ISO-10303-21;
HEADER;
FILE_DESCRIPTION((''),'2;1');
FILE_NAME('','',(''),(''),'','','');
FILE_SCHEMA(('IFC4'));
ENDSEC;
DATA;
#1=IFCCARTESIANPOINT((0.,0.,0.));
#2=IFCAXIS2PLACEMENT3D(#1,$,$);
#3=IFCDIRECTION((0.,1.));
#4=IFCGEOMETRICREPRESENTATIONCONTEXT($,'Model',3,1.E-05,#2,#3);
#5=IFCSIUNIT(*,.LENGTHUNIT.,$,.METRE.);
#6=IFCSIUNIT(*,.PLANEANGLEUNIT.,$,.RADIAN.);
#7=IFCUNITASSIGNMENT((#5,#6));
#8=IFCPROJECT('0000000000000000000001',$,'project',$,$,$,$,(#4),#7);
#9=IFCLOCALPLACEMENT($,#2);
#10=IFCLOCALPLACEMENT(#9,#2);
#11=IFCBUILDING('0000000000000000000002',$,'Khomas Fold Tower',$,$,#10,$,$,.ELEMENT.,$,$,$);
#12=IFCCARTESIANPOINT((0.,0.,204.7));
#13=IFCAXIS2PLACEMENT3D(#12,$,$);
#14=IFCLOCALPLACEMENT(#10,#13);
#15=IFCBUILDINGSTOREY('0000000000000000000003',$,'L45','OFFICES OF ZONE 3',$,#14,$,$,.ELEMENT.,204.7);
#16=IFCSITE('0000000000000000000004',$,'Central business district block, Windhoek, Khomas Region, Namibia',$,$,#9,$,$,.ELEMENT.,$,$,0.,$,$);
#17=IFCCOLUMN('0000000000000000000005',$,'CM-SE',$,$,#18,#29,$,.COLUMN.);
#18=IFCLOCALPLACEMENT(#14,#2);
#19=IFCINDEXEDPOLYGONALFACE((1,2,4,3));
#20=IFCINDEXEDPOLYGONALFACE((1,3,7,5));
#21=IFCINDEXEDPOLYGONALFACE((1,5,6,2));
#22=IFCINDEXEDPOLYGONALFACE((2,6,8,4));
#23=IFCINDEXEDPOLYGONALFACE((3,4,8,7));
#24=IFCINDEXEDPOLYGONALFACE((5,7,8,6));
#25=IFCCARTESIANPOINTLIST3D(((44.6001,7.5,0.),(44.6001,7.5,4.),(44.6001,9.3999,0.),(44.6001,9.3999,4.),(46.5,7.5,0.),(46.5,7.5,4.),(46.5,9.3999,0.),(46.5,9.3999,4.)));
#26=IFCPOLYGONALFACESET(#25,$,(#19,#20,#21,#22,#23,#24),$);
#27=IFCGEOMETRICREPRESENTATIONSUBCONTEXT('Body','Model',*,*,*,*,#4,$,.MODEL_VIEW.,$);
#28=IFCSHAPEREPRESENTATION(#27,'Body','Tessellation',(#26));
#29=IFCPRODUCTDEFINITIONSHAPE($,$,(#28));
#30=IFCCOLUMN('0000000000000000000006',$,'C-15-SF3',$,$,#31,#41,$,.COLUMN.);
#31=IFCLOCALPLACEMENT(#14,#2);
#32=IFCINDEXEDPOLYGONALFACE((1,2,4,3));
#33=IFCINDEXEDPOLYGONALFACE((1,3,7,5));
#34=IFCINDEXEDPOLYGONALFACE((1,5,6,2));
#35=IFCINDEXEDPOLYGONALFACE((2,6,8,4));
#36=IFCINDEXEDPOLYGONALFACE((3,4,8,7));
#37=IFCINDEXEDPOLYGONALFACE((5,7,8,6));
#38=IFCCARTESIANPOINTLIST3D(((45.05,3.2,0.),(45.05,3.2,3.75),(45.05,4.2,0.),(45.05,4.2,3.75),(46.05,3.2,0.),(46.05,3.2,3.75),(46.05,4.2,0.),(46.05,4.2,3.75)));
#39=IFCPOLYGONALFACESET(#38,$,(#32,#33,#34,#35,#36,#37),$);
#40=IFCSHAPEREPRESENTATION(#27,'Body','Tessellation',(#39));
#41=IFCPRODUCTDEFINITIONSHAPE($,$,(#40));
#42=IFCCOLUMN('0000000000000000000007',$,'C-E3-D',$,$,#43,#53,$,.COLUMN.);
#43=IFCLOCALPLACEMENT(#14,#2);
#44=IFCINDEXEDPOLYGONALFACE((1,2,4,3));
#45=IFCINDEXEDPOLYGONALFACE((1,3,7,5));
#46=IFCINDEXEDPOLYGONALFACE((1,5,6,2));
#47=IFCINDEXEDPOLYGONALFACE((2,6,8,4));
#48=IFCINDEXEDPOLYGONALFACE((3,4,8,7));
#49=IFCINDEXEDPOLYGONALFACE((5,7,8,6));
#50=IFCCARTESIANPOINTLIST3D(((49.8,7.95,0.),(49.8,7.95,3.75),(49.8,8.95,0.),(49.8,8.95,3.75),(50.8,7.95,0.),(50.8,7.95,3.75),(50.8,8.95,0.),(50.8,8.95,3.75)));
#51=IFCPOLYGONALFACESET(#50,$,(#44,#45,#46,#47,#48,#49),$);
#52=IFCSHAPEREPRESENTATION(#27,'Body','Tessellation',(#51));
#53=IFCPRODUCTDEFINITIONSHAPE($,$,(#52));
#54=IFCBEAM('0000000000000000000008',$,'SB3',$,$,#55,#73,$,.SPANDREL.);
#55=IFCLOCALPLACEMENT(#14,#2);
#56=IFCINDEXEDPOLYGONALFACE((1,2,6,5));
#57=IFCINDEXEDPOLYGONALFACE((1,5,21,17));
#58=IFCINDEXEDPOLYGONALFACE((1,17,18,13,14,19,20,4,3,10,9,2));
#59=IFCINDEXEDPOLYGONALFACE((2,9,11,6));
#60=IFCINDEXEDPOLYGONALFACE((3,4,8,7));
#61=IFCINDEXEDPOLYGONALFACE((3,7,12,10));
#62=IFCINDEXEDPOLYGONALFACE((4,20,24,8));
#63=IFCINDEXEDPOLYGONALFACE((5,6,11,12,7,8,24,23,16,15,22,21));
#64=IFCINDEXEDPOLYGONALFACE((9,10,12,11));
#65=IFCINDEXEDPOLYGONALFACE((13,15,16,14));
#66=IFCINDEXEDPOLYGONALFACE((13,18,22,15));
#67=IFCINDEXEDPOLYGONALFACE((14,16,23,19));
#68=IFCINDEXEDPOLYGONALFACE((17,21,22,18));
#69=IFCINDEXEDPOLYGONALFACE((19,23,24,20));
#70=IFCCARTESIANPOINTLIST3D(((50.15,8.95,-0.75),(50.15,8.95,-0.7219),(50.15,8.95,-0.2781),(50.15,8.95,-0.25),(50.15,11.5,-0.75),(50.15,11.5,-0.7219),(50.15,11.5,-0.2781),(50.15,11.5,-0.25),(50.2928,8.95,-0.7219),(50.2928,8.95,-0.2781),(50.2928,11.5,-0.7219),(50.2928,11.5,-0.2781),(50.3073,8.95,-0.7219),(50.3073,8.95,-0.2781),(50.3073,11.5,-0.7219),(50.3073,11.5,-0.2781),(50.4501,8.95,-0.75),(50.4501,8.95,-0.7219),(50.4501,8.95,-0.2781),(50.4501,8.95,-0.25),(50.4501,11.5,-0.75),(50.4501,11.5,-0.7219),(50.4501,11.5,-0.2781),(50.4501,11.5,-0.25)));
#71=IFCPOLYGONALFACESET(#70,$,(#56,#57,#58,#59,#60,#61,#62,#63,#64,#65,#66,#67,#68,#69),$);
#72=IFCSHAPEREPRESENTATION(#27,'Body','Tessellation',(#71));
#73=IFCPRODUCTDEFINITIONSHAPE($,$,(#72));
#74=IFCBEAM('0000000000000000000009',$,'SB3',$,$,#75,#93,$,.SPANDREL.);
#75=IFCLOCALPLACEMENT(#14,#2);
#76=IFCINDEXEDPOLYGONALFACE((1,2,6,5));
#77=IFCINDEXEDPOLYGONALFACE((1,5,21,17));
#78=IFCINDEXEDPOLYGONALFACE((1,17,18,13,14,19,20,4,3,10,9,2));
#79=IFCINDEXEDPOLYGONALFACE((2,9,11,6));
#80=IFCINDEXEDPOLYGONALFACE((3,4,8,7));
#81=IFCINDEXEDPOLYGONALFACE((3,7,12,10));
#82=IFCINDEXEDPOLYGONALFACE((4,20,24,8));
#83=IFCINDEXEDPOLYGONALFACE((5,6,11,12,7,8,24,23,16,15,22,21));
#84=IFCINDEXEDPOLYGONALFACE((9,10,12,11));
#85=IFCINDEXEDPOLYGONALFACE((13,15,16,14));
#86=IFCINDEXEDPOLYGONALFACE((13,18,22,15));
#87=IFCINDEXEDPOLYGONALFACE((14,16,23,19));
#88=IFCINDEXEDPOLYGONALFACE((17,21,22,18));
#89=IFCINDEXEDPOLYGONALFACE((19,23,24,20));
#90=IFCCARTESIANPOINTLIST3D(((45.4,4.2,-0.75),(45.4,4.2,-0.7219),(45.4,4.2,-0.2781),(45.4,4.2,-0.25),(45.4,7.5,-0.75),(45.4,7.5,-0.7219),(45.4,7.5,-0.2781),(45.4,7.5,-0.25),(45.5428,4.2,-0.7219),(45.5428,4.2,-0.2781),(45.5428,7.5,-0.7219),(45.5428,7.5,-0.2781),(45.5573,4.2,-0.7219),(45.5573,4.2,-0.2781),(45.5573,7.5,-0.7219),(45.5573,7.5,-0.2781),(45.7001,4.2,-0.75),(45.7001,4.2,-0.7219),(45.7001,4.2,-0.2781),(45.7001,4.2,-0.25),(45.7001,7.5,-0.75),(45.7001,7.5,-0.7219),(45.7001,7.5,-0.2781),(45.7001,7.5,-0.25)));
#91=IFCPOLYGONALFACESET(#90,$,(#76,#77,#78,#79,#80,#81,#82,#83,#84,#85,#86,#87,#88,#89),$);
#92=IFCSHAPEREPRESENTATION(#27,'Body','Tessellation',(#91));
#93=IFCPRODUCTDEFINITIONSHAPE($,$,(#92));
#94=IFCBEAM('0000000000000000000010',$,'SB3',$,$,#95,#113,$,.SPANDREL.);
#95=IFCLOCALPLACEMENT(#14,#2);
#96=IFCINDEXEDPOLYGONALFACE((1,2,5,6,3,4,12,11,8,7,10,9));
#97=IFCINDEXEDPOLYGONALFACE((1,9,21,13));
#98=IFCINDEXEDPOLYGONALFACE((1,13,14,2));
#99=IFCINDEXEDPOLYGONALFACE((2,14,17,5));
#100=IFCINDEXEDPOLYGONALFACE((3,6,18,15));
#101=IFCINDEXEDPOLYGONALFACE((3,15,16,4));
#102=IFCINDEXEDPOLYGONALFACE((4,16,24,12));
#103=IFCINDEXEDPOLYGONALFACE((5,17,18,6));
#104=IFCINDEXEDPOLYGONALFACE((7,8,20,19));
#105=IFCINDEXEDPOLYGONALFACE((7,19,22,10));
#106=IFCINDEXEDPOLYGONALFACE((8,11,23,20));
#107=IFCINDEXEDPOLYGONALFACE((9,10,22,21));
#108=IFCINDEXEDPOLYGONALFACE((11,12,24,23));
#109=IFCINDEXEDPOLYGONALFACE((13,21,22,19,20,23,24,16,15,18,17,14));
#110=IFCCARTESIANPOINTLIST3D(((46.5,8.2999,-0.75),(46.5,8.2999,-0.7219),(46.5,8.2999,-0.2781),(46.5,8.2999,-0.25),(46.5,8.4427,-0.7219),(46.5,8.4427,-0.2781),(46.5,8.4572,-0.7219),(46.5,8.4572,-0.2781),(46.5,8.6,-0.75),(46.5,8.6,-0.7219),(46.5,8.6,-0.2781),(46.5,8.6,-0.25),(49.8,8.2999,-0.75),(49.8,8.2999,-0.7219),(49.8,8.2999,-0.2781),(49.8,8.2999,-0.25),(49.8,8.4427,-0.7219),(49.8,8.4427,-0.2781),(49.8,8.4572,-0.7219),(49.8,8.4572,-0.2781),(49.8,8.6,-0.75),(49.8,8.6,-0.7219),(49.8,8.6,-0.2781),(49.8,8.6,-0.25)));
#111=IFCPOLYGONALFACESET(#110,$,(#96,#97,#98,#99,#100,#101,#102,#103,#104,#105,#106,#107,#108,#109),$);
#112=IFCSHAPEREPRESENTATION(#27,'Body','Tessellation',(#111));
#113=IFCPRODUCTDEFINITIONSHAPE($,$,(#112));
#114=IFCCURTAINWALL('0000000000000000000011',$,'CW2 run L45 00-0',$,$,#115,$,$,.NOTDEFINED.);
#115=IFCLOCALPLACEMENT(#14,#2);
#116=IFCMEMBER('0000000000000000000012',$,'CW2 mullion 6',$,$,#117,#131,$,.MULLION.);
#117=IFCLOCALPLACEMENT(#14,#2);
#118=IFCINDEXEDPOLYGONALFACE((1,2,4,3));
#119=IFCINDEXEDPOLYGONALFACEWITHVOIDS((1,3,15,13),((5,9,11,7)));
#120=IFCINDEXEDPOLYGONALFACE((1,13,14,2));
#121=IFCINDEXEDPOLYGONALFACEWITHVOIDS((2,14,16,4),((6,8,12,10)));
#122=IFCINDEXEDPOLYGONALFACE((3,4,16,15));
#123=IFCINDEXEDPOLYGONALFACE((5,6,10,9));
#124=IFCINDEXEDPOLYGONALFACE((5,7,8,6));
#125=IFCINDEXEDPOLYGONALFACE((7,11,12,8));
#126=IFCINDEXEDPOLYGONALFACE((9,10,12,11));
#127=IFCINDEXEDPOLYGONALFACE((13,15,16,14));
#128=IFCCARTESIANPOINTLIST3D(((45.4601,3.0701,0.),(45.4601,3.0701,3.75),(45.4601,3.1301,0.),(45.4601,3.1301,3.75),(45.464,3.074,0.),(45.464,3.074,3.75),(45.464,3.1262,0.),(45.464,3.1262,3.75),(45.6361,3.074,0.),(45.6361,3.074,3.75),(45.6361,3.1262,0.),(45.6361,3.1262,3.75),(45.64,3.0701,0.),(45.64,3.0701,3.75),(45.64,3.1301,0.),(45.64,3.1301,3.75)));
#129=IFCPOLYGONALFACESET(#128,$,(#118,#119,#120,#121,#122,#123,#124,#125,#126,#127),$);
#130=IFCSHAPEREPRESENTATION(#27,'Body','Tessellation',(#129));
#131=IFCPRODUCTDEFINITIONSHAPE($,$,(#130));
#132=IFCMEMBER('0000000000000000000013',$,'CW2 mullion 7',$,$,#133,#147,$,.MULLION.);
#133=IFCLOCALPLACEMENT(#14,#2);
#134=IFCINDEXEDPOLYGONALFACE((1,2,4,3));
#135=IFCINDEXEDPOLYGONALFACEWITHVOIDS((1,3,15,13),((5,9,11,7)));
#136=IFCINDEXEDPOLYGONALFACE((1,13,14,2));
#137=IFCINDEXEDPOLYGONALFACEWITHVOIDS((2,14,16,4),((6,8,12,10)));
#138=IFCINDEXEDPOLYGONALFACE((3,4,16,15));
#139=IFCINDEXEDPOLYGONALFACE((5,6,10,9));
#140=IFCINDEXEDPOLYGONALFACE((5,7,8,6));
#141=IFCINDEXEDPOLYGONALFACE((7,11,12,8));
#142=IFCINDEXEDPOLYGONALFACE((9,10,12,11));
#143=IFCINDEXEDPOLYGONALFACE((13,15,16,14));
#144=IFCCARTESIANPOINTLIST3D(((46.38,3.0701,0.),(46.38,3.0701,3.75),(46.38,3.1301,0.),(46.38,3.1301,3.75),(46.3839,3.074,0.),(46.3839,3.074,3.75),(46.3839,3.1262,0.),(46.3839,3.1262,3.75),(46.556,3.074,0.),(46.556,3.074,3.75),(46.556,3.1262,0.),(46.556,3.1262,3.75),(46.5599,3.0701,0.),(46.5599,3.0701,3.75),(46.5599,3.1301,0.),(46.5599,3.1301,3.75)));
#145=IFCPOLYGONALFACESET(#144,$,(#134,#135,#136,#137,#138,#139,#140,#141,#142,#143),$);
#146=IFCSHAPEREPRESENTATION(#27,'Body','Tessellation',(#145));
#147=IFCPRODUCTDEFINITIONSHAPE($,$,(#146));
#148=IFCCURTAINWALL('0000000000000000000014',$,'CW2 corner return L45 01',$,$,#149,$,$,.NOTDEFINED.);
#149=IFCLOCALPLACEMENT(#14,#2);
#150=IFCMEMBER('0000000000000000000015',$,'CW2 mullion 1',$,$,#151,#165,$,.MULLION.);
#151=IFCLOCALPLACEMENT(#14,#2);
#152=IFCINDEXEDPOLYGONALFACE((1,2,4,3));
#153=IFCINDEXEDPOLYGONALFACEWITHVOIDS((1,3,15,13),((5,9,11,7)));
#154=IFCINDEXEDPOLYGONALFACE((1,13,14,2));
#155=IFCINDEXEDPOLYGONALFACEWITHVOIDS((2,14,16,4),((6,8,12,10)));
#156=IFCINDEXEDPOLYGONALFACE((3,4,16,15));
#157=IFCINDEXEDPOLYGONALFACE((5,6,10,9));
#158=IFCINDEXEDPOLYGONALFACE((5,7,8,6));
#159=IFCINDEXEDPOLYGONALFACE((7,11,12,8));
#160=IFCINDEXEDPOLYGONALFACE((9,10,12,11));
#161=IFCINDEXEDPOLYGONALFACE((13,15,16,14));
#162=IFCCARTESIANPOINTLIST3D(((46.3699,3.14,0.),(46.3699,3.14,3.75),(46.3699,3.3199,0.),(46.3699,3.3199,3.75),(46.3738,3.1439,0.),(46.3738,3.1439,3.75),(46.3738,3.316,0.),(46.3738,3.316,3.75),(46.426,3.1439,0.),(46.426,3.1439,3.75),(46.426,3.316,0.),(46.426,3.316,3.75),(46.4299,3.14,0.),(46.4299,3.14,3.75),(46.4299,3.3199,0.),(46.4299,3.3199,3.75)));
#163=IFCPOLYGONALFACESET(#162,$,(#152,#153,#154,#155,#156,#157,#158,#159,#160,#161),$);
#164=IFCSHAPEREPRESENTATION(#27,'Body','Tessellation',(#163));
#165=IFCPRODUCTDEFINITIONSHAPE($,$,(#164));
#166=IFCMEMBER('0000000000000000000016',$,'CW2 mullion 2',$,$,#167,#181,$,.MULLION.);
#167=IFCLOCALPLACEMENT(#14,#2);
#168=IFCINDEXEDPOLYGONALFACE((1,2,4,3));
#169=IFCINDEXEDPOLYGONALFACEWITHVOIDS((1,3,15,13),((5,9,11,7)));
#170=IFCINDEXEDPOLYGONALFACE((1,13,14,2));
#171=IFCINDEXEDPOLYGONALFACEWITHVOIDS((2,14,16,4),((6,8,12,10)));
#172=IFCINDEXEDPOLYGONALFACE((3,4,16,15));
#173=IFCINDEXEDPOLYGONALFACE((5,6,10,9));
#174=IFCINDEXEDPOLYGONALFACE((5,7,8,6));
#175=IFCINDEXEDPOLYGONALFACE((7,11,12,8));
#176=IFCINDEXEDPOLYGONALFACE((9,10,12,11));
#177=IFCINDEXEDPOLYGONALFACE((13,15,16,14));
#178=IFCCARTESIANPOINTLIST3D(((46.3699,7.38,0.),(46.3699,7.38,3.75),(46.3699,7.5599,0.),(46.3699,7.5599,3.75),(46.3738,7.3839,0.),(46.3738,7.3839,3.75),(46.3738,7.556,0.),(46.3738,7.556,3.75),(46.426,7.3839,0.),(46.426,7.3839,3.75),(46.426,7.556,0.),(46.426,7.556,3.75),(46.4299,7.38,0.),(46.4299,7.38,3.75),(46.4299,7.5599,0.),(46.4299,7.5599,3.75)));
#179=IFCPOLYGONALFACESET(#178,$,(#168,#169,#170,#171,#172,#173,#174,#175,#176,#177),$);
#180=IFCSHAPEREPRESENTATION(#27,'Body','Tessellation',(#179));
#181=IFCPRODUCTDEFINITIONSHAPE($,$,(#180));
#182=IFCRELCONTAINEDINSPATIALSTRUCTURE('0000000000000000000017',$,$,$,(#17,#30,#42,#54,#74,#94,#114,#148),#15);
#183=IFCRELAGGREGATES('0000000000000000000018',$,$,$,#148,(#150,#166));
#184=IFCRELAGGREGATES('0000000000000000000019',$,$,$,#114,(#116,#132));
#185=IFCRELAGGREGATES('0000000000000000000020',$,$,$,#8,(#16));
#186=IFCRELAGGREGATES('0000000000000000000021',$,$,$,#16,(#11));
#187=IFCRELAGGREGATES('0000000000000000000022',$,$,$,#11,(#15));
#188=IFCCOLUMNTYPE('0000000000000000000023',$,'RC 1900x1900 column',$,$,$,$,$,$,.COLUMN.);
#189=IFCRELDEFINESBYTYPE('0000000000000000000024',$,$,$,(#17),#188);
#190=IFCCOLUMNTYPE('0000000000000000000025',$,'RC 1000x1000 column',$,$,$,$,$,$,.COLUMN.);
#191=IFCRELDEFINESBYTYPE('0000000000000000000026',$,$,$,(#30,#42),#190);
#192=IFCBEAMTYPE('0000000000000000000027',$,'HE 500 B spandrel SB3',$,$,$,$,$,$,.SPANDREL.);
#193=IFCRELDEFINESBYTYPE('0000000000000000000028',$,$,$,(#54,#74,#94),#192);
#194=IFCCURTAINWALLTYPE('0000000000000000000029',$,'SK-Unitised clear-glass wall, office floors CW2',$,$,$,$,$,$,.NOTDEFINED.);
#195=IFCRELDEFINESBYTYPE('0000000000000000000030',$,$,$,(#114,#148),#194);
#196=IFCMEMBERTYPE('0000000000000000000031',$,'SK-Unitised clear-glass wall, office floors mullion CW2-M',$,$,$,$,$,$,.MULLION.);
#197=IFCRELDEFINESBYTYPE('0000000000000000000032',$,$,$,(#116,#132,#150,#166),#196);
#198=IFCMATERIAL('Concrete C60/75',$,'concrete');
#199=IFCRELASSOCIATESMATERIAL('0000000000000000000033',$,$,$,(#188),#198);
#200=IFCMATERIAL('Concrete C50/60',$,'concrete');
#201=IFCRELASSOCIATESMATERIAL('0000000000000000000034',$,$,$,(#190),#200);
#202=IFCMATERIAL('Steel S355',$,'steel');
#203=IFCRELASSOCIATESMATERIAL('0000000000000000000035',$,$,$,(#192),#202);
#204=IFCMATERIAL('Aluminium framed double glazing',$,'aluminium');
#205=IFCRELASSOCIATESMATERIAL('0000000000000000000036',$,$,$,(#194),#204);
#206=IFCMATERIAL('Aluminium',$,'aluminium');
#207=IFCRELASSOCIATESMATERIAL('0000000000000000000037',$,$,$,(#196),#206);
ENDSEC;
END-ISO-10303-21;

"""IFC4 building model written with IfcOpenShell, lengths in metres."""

from ifc_helpers import new_model, si_unit, direction, frame, origin, origin_2d, place, context, subcontext, project, spatial, rectangle, hollow_rectangle, i_section, extrude, source, transform, mapped, material, material_profile, profile_set, type_object, element, aggregate, save


model = new_model("IFC4")

# Units and contexts
model_context = context("Model", 3, precision=1e-05, world=origin(), true_north=direction((0.0, 1.0)))
body_context = subcontext(model_context, "Body", "Model", "MODEL_VIEW")
ifc_project = project(units=[si_unit("LENGTHUNIT", "METRE"), si_unit("PLANEANGLEUNIT", "RADIAN")], contexts=[model_context])

# Site, building, storey
site_placement = place(None, origin())
site = spatial("IfcSite", under=ifc_project, at=site_placement, Name="Central business district block, Windhoek, Khomas Region, Namibia", CompositionType="ELEMENT", RefElevation=0.0)
building_placement = place(site_placement, origin())
building = spatial("IfcBuilding", under=site, at=building_placement, Name="Khomas Fold Tower", CompositionType="ELEMENT")
storey_placement = place(building_placement, frame((0.0, 0.0, 204.7)))
storey = spatial("IfcBuildingStorey", under=building, at=storey_placement, Name="L45", Description="OFFICES OF ZONE 3", CompositionType="ELEMENT", Elevation=204.7)

# Columns
ifc_material_1 = material(Name="Concrete C60/75", Category="concrete")
ifc_material_profile_1 = material_profile(ifc_material_1, rectangle(XDim=1.8999, YDim=1.8999, at=origin_2d()), Name="RC 1900x1900")
ifc_profile_set_1 = profile_set([ifc_material_profile_1], Name="Concrete C60/75")
column_type_1 = type_object("IfcColumnType", Name="RC 1900x1900 column", PredefinedType="COLUMN", material=ifc_profile_set_1)
shared_shape_1 = source(origin(), body_context, "Body", "SweptSolid", [
    extrude(rectangle(XDim=1.8999, YDim=1.8999, at=origin_2d()), origin(), (0.0, 0.0, 1.0), 4.0),
])
column_placement = place(storey_placement, frame((45.55, 8.45, 0.0), z_axis=(0.0, 0.0, 1.0), x_axis=(1.0, 0.0, 0.0)))
element("IfcColumn", 1, at=column_placement, inside=storey, type_object=column_type_1, Name="CM-SE", PredefinedType="COLUMN", context=body_context, shape_type="MappedRepresentation", body=[
    mapped(shared_shape_1, transform((0.0, 0.0, 0.0))),
])
ifc_material_2 = material(Name="Concrete C50/60", Category="concrete")
ifc_material_profile_2 = material_profile(ifc_material_2, rectangle(XDim=1.0, YDim=1.0, at=origin_2d()), Name="RC 1000x1000")
ifc_profile_set_2 = profile_set([ifc_material_profile_2], Name="Concrete C50/60")
column_type_2 = type_object("IfcColumnType", Name="RC 1000x1000 column", PredefinedType="COLUMN", material=ifc_profile_set_2)
shared_shape_2 = source(origin(), body_context, "Body", "SweptSolid", [
    extrude(rectangle(XDim=1.0, YDim=1.0, at=origin_2d()), origin(), (0.0, 0.0, 1.0), 3.75),
])
for number, where, z_axis, x_axis, name in (
    (2, (45.55, 3.7, 0.0), (0.0, 0.0, 1.0), (1.0, 0.0, 0.0), "C-15-SF3"),
    (3, (50.3, 8.45, 0.0), (0.0, 0.0, 1.0), (1.0, 0.0, 0.0), "C-E3-D"),
):
    element("IfcColumn", number, at=place(storey_placement, frame(where, z_axis=z_axis, x_axis=x_axis)), inside=storey, type_object=column_type_2, Name=name, PredefinedType="COLUMN", context=body_context, shape_type="MappedRepresentation", body=[
        mapped(shared_shape_2, transform((0.0, 0.0, 0.0))),
    ])

# Beams
ifc_material_3 = material(Name="Steel S355", Category="steel")
ifc_material_profile_3 = material_profile(ifc_material_3, i_section(OverallWidth=0.3, OverallDepth=0.5, WebThickness=0.0144, FlangeThickness=0.0281, at=origin_2d()), Name="HE 500 B")
ifc_profile_set_3 = profile_set([ifc_material_profile_3], Name="Steel S355")
beam_type = type_object("IfcBeamType", Name="HE 500 B spandrel SB3", PredefinedType="SPANDREL", material=ifc_profile_set_3)
shared_shape_3 = source(origin(), body_context, "Body", "SweptSolid", [
    extrude(i_section(OverallWidth=0.3, OverallDepth=0.5, WebThickness=0.0144, FlangeThickness=0.0281, at=origin_2d()), origin(), (0.0, 0.0, 1.0), 2.55),
])
beam_placement = place(storey_placement, frame((50.3, 8.95, -0.5), z_axis=(0.0, 1.0, 0.0), x_axis=(-1.0, 0.0, 0.0)))
element("IfcBeam", 4, at=beam_placement, inside=storey, type_object=beam_type, Name="SB3", PredefinedType="SPANDREL", context=body_context, shape_type="MappedRepresentation", body=[
    mapped(shared_shape_3, transform((0.0, 0.0, 0.0))),
])
shared_shape_4 = source(origin(), body_context, "Body", "SweptSolid", [
    extrude(i_section(OverallWidth=0.3, OverallDepth=0.5, WebThickness=0.0144, FlangeThickness=0.0281, at=origin_2d()), origin(), (0.0, 0.0, 1.0), 3.3),
])
for number, where, z_axis, x_axis, name in (
    (5, (45.55, 4.2, -0.5), (0.0, 1.0, 0.0), (-1.0, 0.0, 0.0), "SB3"),
    (6, (46.5, 8.45, -0.5), (1.0, 0.0, 0.0), (0.0, 1.0, 0.0), "SB3"),
):
    element("IfcBeam", number, at=place(storey_placement, frame(where, z_axis=z_axis, x_axis=x_axis)), inside=storey, type_object=beam_type, Name=name, PredefinedType="SPANDREL", context=body_context, shape_type="MappedRepresentation", body=[
        mapped(shared_shape_4, transform((0.0, 0.0, 0.0))),
    ])

# Curtain walls, members
ifc_material_4 = material(Name="Aluminium framed double glazing", Category="aluminium")
curtain_wall_type = type_object("IfcCurtainWallType", Name="SK-Unitised clear-glass wall, office floors CW2", PredefinedType="NOTDEFINED", material=ifc_material_4)
curtain_wall_1_placement = place(storey_placement, origin())
curtain_wall_1 = element("IfcCurtainWall", 7, at=curtain_wall_1_placement, inside=storey, type_object=curtain_wall_type, Name="CW2 run L45 00-0", PredefinedType="NOTDEFINED")
ifc_material_5 = material(Name="Aluminium", Category="aluminium")
ifc_material_profile_4 = material_profile(ifc_material_5, hollow_rectangle(XDim=0.0601, YDim=0.1799, WallThickness=0.0039, at=origin_2d()), Name="SK-Unitised clear-glass wall, office floors mullion CW2-M")
ifc_profile_set_4 = profile_set([ifc_material_profile_4], Name="Aluminium")
member_type_1 = type_object("IfcMemberType", Name="SK-Unitised clear-glass wall, office floors mullion CW2-M", PredefinedType="MULLION", material=ifc_profile_set_4)
shared_shape_5 = source(origin(), body_context, "Body", "SweptSolid", [
    extrude(hollow_rectangle(XDim=0.0601, YDim=0.1799, WallThickness=0.0039, at=origin_2d()), origin(), (0.0, 0.0, 1.0), 3.75),
])
member_1_placement = place(storey_placement, frame((45.55, 3.1001, 0.0), z_axis=(0.0, 0.0, 1.0), x_axis=(0.0, 1.0, 0.0)))
member_1 = element("IfcMember", 8, at=member_1_placement, type_object=member_type_1, Name="CW2 mullion 6", PredefinedType="MULLION", context=body_context, shape_type="MappedRepresentation", body=[
    mapped(shared_shape_5, transform((0.0, 0.0, 0.0))),
])
member_2_placement = place(storey_placement, frame((46.47, 3.1001, 0.0), z_axis=(0.0, 0.0, 1.0), x_axis=(0.0, 1.0, 0.0)))
member_2 = element("IfcMember", 9, at=member_2_placement, type_object=member_type_1, Name="CW2 mullion 7", PredefinedType="MULLION", context=body_context, shape_type="MappedRepresentation", body=[
    mapped(shared_shape_5, transform((0.0, 0.0, 0.0))),
])
curtain_wall_2_placement = place(storey_placement, origin())
curtain_wall_2 = element("IfcCurtainWall", 10, at=curtain_wall_2_placement, inside=storey, type_object=curtain_wall_type, Name="CW2 corner return L45 01", PredefinedType="NOTDEFINED")
member_3_placement = place(storey_placement, frame((46.3999, 3.23, 0.0), z_axis=(0.0, 0.0, 1.0), x_axis=(-1.0, 0.0, 0.0)))
member_3 = element("IfcMember", 11, at=member_3_placement, type_object=member_type_1, Name="CW2 mullion 1", PredefinedType="MULLION", context=body_context, shape_type="MappedRepresentation", body=[
    mapped(shared_shape_5, transform((0.0, 0.0, 0.0))),
])
member_4_placement = place(storey_placement, frame((46.3999, 7.47, 0.0), z_axis=(0.0, 0.0, 1.0), x_axis=(-1.0, 0.0, 0.0)))
member_4 = element("IfcMember", 12, at=member_4_placement, type_object=member_type_1, Name="CW2 mullion 2", PredefinedType="MULLION", context=body_context, shape_type="MappedRepresentation", body=[
    mapped(shared_shape_5, transform((0.0, 0.0, 0.0))),
])

aggregate(curtain_wall_2, [member_3, member_4])
aggregate(curtain_wall_1, [member_1, member_2])

save(model, "model.ifc")
